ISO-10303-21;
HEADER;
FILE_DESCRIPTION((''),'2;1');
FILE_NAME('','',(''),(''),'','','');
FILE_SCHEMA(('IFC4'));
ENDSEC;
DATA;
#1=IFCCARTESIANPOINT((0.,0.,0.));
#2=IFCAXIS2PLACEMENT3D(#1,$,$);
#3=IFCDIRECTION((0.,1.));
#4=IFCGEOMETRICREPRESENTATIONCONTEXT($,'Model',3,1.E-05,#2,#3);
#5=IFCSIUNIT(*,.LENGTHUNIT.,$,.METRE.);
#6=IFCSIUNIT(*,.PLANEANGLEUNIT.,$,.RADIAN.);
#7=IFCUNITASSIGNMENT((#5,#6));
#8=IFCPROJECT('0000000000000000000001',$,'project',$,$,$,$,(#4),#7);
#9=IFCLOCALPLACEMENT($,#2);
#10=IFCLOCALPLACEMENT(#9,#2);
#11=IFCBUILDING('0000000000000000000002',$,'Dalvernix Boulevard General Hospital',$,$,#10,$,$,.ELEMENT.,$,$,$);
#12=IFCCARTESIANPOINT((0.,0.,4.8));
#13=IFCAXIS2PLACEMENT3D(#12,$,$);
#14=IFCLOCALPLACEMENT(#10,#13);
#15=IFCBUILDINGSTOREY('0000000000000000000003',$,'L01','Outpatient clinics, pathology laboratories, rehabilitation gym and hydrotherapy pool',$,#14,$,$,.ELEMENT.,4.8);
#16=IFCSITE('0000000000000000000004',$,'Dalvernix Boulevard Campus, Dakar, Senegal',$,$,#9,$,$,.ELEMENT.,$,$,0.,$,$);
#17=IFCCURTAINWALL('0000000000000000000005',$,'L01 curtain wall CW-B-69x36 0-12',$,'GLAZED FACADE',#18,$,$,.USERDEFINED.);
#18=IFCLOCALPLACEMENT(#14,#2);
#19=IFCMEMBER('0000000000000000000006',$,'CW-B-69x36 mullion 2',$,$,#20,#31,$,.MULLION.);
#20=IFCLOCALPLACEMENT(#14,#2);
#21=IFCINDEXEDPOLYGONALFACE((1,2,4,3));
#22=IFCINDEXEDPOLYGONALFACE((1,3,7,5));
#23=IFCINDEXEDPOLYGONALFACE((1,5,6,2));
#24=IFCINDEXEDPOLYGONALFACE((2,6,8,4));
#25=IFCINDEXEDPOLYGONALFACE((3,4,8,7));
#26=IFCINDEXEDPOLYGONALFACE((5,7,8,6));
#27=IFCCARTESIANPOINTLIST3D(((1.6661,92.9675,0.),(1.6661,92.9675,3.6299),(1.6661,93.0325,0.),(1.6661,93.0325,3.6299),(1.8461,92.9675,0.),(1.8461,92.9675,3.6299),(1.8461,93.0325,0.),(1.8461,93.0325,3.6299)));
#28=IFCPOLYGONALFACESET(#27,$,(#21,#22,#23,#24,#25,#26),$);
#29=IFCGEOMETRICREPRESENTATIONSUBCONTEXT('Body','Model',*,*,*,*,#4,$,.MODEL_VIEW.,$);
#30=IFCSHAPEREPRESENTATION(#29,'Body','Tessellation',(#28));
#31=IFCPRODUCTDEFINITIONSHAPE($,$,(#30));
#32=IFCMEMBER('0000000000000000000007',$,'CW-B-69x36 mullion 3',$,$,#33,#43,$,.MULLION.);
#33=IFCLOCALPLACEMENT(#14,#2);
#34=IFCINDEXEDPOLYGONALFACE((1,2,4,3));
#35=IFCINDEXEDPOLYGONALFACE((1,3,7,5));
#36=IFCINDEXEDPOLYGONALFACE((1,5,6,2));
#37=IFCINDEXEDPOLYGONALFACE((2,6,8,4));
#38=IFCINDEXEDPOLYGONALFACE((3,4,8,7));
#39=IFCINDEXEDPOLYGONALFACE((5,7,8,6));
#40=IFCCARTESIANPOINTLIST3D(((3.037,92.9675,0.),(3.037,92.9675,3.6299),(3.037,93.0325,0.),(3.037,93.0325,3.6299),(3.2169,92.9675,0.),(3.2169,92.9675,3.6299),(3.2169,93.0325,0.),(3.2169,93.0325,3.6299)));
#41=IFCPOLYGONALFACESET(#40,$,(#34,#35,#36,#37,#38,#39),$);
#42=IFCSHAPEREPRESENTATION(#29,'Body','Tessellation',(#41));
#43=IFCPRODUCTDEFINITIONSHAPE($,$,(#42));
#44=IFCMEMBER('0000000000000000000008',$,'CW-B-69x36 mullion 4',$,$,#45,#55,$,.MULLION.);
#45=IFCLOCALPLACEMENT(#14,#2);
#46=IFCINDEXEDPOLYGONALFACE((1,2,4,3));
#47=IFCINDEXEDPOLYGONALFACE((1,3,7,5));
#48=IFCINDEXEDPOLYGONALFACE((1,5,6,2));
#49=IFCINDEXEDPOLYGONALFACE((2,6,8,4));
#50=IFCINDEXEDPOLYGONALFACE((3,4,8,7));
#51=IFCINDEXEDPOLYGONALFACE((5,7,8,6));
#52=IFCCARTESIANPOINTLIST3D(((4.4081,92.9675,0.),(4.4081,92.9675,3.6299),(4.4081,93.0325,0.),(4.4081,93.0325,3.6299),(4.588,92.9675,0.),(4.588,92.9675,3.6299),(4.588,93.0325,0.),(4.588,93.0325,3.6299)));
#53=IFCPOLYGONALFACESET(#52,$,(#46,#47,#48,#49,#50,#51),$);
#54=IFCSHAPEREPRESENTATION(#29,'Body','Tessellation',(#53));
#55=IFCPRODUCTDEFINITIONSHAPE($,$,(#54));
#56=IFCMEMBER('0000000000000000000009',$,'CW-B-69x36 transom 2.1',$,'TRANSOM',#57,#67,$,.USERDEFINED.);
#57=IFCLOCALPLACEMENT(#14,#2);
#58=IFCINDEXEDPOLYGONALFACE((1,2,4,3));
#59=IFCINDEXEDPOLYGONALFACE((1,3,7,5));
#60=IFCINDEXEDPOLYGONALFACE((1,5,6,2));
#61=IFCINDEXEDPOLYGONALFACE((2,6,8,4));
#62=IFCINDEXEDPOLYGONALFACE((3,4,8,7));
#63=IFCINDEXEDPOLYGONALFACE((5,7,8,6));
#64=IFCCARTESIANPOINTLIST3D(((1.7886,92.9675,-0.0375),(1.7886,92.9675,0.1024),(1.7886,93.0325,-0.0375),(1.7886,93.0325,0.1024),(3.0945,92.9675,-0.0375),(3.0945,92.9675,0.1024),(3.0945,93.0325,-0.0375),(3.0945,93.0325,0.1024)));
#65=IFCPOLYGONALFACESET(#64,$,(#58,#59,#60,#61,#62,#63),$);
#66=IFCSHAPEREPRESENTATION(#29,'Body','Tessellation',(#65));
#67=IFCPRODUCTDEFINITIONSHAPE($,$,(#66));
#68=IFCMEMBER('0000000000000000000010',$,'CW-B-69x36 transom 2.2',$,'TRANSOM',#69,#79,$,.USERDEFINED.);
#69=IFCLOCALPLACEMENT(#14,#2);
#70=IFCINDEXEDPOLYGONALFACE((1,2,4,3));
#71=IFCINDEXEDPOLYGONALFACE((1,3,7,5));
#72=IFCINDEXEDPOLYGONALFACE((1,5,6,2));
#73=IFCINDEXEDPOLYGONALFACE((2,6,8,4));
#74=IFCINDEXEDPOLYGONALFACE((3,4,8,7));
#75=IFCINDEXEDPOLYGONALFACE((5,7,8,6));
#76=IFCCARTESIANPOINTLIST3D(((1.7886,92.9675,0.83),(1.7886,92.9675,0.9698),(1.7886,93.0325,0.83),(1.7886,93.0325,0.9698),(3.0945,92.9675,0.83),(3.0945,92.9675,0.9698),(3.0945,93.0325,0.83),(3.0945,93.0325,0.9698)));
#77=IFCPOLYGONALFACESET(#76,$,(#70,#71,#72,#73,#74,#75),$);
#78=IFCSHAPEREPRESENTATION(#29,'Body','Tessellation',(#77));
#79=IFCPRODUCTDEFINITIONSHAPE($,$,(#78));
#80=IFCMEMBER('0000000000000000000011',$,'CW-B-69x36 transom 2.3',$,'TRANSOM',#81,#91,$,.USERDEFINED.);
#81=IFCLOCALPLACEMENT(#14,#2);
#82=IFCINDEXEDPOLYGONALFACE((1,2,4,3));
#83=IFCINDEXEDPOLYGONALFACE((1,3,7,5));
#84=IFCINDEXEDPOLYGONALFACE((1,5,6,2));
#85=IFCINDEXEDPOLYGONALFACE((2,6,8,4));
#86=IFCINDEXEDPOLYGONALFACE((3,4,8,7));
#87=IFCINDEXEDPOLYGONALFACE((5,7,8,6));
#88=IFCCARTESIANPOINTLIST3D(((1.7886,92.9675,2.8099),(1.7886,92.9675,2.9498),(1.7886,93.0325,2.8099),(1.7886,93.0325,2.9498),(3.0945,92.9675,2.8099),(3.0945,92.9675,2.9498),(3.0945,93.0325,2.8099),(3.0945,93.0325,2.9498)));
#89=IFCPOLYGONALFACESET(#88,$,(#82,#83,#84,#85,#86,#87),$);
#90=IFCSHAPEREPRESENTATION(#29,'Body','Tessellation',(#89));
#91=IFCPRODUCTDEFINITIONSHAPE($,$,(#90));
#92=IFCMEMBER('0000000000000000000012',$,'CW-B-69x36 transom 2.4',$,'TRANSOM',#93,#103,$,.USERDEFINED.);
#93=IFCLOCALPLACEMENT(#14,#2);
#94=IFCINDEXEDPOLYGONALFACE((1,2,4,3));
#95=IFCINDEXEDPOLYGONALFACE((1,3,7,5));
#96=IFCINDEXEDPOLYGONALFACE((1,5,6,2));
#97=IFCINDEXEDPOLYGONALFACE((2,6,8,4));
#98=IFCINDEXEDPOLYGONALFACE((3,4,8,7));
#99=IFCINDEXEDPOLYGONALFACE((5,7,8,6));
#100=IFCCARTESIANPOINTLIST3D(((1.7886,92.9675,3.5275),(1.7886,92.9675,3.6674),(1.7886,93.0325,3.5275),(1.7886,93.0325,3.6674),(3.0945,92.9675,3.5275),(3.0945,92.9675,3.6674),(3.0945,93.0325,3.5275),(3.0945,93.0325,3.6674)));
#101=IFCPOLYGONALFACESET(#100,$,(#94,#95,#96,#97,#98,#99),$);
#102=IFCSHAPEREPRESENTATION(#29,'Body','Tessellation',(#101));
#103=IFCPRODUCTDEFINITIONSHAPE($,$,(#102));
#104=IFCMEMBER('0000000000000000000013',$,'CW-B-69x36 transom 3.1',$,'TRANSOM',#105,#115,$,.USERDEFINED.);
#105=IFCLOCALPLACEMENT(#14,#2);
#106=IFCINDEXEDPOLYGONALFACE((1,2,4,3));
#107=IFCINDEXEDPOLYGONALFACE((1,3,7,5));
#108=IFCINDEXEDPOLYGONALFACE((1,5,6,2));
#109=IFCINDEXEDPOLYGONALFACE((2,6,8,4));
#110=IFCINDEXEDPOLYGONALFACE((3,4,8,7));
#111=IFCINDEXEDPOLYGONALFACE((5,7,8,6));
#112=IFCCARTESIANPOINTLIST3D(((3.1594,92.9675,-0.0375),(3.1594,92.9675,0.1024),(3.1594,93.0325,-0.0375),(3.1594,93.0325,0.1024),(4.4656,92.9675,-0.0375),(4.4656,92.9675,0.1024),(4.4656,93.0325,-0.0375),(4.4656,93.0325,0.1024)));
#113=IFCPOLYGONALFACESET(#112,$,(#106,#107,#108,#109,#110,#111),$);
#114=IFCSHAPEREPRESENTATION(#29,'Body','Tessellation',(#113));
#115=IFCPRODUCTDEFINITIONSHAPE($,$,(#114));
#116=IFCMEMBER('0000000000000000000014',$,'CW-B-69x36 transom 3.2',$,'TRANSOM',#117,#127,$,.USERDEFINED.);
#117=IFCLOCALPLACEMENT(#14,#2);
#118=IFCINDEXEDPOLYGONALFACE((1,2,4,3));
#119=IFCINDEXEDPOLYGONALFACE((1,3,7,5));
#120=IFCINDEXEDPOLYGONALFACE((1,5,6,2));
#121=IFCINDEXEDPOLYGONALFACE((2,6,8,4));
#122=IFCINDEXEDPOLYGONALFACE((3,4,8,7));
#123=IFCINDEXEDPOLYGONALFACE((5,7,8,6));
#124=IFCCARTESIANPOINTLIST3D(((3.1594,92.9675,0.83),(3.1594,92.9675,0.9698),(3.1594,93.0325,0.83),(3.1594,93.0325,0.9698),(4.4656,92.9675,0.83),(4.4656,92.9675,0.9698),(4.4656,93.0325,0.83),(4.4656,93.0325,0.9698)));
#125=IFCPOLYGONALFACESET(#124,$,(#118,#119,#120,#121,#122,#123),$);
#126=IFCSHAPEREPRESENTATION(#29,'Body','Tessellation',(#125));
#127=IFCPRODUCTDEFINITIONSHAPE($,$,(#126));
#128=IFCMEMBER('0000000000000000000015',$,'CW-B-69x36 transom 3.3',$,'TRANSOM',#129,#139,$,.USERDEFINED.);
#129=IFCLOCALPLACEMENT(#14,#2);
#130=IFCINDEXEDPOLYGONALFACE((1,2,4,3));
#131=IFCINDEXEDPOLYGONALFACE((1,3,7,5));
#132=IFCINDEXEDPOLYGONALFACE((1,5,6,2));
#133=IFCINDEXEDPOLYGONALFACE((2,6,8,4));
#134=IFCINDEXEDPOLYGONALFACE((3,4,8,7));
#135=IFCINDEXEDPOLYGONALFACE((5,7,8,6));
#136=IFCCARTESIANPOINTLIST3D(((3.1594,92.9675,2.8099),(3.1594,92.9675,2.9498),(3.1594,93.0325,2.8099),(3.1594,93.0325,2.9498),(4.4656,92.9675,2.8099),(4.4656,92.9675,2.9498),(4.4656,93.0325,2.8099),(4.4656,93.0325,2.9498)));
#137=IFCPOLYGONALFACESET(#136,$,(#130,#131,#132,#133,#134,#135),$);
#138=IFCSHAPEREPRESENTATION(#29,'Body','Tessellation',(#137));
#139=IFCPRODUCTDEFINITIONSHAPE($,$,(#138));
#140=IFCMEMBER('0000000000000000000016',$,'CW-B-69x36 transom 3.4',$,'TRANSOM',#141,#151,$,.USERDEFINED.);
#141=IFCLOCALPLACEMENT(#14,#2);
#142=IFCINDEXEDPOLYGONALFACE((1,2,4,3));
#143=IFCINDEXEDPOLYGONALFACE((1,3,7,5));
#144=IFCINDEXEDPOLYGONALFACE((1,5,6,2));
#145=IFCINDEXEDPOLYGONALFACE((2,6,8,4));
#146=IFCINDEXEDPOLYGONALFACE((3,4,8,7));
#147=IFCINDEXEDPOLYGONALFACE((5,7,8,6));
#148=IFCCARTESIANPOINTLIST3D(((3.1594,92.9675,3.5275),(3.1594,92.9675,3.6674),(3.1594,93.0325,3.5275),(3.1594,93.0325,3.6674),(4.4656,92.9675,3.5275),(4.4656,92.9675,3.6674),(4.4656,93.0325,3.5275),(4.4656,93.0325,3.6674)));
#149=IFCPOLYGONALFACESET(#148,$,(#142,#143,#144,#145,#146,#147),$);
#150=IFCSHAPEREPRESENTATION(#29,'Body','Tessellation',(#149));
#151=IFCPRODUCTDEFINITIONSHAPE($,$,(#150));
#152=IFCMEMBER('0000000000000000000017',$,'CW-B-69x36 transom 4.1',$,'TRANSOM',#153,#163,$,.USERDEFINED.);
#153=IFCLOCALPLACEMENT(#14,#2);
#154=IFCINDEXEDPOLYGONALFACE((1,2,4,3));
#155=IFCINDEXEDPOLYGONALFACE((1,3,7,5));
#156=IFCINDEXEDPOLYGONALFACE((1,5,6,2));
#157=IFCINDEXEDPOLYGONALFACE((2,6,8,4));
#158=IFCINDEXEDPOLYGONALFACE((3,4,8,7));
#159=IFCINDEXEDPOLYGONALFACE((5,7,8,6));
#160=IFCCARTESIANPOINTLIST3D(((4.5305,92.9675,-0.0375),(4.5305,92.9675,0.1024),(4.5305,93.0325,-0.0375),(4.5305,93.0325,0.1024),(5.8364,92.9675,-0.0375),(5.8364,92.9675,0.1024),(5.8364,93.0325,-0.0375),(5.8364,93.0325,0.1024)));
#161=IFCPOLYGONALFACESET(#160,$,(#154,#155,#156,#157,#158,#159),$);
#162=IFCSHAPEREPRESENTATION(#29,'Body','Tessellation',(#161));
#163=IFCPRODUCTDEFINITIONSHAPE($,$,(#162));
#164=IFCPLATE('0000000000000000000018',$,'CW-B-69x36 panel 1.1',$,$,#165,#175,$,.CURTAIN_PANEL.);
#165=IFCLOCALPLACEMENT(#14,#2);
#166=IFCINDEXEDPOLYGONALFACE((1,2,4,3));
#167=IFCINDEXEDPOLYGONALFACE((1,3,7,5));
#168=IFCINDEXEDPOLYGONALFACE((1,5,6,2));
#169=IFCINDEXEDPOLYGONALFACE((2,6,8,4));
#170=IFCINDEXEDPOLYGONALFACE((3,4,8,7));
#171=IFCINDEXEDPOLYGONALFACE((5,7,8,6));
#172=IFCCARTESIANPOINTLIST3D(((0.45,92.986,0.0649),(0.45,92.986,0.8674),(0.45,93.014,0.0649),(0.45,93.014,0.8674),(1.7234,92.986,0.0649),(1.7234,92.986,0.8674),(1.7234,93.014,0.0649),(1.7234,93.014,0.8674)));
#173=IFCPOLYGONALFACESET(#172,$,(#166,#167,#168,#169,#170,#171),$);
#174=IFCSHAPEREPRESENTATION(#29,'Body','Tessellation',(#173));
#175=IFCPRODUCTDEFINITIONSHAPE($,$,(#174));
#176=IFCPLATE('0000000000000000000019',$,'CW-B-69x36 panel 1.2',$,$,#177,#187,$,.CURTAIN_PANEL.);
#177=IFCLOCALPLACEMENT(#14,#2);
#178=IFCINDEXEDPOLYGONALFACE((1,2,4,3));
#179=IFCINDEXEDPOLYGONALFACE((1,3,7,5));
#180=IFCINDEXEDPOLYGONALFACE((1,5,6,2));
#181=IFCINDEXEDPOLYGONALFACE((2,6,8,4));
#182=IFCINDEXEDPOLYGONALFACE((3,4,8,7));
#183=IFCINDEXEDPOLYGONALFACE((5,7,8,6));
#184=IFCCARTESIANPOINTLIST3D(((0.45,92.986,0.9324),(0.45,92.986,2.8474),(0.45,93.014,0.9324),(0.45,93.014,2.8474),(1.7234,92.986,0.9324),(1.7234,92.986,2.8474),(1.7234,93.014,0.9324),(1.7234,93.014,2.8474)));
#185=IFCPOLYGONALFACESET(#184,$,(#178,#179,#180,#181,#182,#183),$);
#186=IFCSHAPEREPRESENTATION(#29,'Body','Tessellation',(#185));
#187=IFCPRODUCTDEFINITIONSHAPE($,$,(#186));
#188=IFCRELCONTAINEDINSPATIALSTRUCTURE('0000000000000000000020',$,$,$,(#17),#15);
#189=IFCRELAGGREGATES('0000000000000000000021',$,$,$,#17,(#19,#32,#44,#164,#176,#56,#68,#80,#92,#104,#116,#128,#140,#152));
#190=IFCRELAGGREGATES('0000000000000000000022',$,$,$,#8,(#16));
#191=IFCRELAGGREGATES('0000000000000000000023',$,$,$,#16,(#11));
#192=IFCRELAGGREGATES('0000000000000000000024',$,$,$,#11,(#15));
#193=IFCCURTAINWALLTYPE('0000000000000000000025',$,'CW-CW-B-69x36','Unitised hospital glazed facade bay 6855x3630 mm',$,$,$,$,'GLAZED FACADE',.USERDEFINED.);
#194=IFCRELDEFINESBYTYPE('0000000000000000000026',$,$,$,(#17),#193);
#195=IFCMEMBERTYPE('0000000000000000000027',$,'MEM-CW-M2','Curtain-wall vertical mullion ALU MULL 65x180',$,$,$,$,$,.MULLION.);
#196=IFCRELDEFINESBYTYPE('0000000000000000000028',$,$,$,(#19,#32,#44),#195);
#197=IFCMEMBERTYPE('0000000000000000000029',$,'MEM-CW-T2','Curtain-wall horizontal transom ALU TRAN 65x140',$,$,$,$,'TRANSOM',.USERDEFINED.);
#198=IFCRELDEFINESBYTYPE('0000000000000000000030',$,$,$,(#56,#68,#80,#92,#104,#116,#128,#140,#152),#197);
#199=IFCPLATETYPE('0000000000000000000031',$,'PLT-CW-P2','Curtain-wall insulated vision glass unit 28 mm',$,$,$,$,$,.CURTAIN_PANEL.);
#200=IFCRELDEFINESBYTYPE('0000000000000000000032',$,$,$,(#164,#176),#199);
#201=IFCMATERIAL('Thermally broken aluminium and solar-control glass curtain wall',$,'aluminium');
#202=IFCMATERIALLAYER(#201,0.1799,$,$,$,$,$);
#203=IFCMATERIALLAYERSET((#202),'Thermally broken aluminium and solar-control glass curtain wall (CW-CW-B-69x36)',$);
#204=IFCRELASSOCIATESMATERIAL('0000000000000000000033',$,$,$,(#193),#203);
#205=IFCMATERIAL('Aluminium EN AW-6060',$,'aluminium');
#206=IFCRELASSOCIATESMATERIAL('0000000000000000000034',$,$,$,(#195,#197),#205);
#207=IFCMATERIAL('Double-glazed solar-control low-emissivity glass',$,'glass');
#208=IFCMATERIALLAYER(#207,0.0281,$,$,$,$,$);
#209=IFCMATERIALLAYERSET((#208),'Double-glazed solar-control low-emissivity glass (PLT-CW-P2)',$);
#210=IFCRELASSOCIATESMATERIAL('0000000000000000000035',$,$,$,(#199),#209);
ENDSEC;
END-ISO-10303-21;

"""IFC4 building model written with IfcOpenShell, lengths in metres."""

from ifc_helpers import new_model, si_unit, direction, frame, origin, origin_2d, place, context, subcontext, project, spatial, rectangle, extrude, material, layer, layer_set, material_profile, profile_set, type_object, element, aggregate, save


model = new_model("IFC4")

# Units and contexts
model_context = context("Model", 3, precision=1e-05, world=origin(), true_north=direction((0.0, 1.0)))
body_context = subcontext(model_context, "Body", "Model", "MODEL_VIEW")
ifc_project = project(units=[si_unit("LENGTHUNIT", "METRE"), si_unit("PLANEANGLEUNIT", "RADIAN")], contexts=[model_context])

# Site, building, storey
site_placement = place(None, origin())
site = spatial("IfcSite", under=ifc_project, at=site_placement, Name="Dalvernix Boulevard Campus, Dakar, Senegal", CompositionType="ELEMENT", RefElevation=0.0)
building_placement = place(site_placement, origin())
building = spatial("IfcBuilding", under=site, at=building_placement, Name="Dalvernix Boulevard General Hospital", CompositionType="ELEMENT")
storey_placement = place(building_placement, frame((0.0, 0.0, 4.8)))
storey = spatial("IfcBuildingStorey", under=building, at=storey_placement, Name="L01", Description="Outpatient clinics, pathology laboratories, rehabilitation gym and hydrotherapy pool", CompositionType="ELEMENT", Elevation=4.8)

# Curtain wall, members, plates
ifc_material_1 = material(Name="Thermally broken aluminium and solar-control glass curtain wall", Category="aluminium")
ifc_layer_1 = layer(ifc_material_1, 0.1799)
ifc_layer_set_1 = layer_set([ifc_layer_1], Name="Thermally broken aluminium and solar-control glass curtain wall (CW-CW-B-69x36)")
curtain_wall_type = type_object("IfcCurtainWallType", Name="CW-CW-B-69x36", Description="Unitised hospital glazed facade bay 6855x3630 mm", ElementType="GLAZED FACADE", PredefinedType="USERDEFINED", material=ifc_layer_set_1)
curtain_wall_placement = place(storey_placement, origin())
curtain_wall = element("IfcCurtainWall", 1, at=curtain_wall_placement, inside=storey, type_object=curtain_wall_type, Name="L01 curtain wall CW-B-69x36 0-12", ObjectType="GLAZED FACADE", PredefinedType="USERDEFINED")
ifc_material_2 = material(Name="Aluminium EN AW-6060", Category="aluminium")
ifc_material_profile_1 = material_profile(ifc_material_2, rectangle(XDim=0.0649, YDim=0.1799, at=origin_2d()), Name="ALU MULL 65x180")
ifc_profile_set_1 = profile_set([ifc_material_profile_1], Name="Aluminium EN AW-6060")
member_type_1 = type_object("IfcMemberType", Name="MEM-CW-M2", Description="Curtain-wall vertical mullion ALU MULL 65x180", PredefinedType="MULLION", material=ifc_profile_set_1)
member_1_placement = place(storey_placement, frame((1.7561, 93.0, 0.0), z_axis=(0.0, 0.0, 1.0), x_axis=(0.0, 1.0, 0.0)))
member_1 = element("IfcMember", 2, at=member_1_placement, type_object=member_type_1, Name="CW-B-69x36 mullion 2", PredefinedType="MULLION", context=body_context, shape_type="SweptSolid", body=[
    extrude(rectangle(XDim=0.0649, YDim=0.1799, at=origin_2d()), origin(), (0.0, 0.0, 1.0), 3.6299),
])
member_2_placement = place(storey_placement, frame((3.127, 93.0, 0.0), z_axis=(0.0, 0.0, 1.0), x_axis=(0.0, 1.0, 0.0)))
member_2 = element("IfcMember", 3, at=member_2_placement, type_object=member_type_1, Name="CW-B-69x36 mullion 3", PredefinedType="MULLION", context=body_context, shape_type="SweptSolid", body=[
    extrude(rectangle(XDim=0.0649, YDim=0.1799, at=origin_2d()), origin(), (0.0, 0.0, 1.0), 3.6299),
])
member_3_placement = place(storey_placement, frame((4.498, 93.0, 0.0), z_axis=(0.0, 0.0, 1.0), x_axis=(0.0, 1.0, 0.0)))
member_3 = element("IfcMember", 4, at=member_3_placement, type_object=member_type_1, Name="CW-B-69x36 mullion 4", PredefinedType="MULLION", context=body_context, shape_type="SweptSolid", body=[
    extrude(rectangle(XDim=0.0649, YDim=0.1799, at=origin_2d()), origin(), (0.0, 0.0, 1.0), 3.6299),
])
ifc_material_profile_2 = material_profile(ifc_material_2, rectangle(XDim=0.0649, YDim=0.1399, at=origin_2d()), Name="ALU TRAN 65x140")
ifc_profile_set_2 = profile_set([ifc_material_profile_2], Name="Aluminium EN AW-6060")
member_type_2 = type_object("IfcMemberType", Name="MEM-CW-T2", Description="Curtain-wall horizontal transom ALU TRAN 65x140", ElementType="TRANSOM", PredefinedType="USERDEFINED", material=ifc_profile_set_2)
member_4_placement = place(storey_placement, frame((1.7886, 93.0, 0.0325), z_axis=(1.0, 0.0, 0.0), x_axis=(0.0, 1.0, 0.0)))
member_4 = element("IfcMember", 5, at=member_4_placement, type_object=member_type_2, Name="CW-B-69x36 transom 2.1", ObjectType="TRANSOM", PredefinedType="USERDEFINED", context=body_context, shape_type="SweptSolid", body=[
    extrude(rectangle(XDim=0.0649, YDim=0.1399, at=origin_2d()), origin(), (0.0, 0.0, 1.0), 1.3059),
])
member_5_placement = place(storey_placement, frame((1.7886, 93.0, 0.8999), z_axis=(1.0, 0.0, 0.0), x_axis=(0.0, 1.0, 0.0)))
member_5 = element("IfcMember", 6, at=member_5_placement, type_object=member_type_2, Name="CW-B-69x36 transom 2.2", ObjectType="TRANSOM", PredefinedType="USERDEFINED", context=body_context, shape_type="SweptSolid", body=[
    extrude(rectangle(XDim=0.0649, YDim=0.1399, at=origin_2d()), origin(), (0.0, 0.0, 1.0), 1.3059),
])
member_6_placement = place(storey_placement, frame((1.7886, 93.0, 2.8799), z_axis=(1.0, 0.0, 0.0), x_axis=(0.0, 1.0, 0.0)))
member_6 = element("IfcMember", 7, at=member_6_placement, type_object=member_type_2, Name="CW-B-69x36 transom 2.3", ObjectType="TRANSOM", PredefinedType="USERDEFINED", context=body_context, shape_type="SweptSolid", body=[
    extrude(rectangle(XDim=0.0649, YDim=0.1399, at=origin_2d()), origin(), (0.0, 0.0, 1.0), 1.3059),
])
member_7_placement = place(storey_placement, frame((1.7886, 93.0, 3.5974), z_axis=(1.0, 0.0, 0.0), x_axis=(0.0, 1.0, 0.0)))
member_7 = element("IfcMember", 8, at=member_7_placement, type_object=member_type_2, Name="CW-B-69x36 transom 2.4", ObjectType="TRANSOM", PredefinedType="USERDEFINED", context=body_context, shape_type="SweptSolid", body=[
    extrude(rectangle(XDim=0.0649, YDim=0.1399, at=origin_2d()), origin(), (0.0, 0.0, 1.0), 1.3059),
])
member_8_placement = place(storey_placement, frame((3.1594, 93.0, 0.0325), z_axis=(1.0, 0.0, 0.0), x_axis=(0.0, 1.0, 0.0)))
member_8 = element("IfcMember", 9, at=member_8_placement, type_object=member_type_2, Name="CW-B-69x36 transom 3.1", ObjectType="TRANSOM", PredefinedType="USERDEFINED", context=body_context, shape_type="SweptSolid", body=[
    extrude(rectangle(XDim=0.0649, YDim=0.1399, at=origin_2d()), origin(), (0.0, 0.0, 1.0), 1.3062),
])
member_9_placement = place(storey_placement, frame((3.1594, 93.0, 0.8999), z_axis=(1.0, 0.0, 0.0), x_axis=(0.0, 1.0, 0.0)))
member_9 = element("IfcMember", 10, at=member_9_placement, type_object=member_type_2, Name="CW-B-69x36 transom 3.2", ObjectType="TRANSOM", PredefinedType="USERDEFINED", context=body_context, shape_type="SweptSolid", body=[
    extrude(rectangle(XDim=0.0649, YDim=0.1399, at=origin_2d()), origin(), (0.0, 0.0, 1.0), 1.3062),
])
member_10_placement = place(storey_placement, frame((3.1594, 93.0, 2.8799), z_axis=(1.0, 0.0, 0.0), x_axis=(0.0, 1.0, 0.0)))
member_10 = element("IfcMember", 11, at=member_10_placement, type_object=member_type_2, Name="CW-B-69x36 transom 3.3", ObjectType="TRANSOM", PredefinedType="USERDEFINED", context=body_context, shape_type="SweptSolid", body=[
    extrude(rectangle(XDim=0.0649, YDim=0.1399, at=origin_2d()), origin(), (0.0, 0.0, 1.0), 1.3062),
])
member_11_placement = place(storey_placement, frame((3.1594, 93.0, 3.5974), z_axis=(1.0, 0.0, 0.0), x_axis=(0.0, 1.0, 0.0)))
member_11 = element("IfcMember", 12, at=member_11_placement, type_object=member_type_2, Name="CW-B-69x36 transom 3.4", ObjectType="TRANSOM", PredefinedType="USERDEFINED", context=body_context, shape_type="SweptSolid", body=[
    extrude(rectangle(XDim=0.0649, YDim=0.1399, at=origin_2d()), origin(), (0.0, 0.0, 1.0), 1.3062),
])
member_12_placement = place(storey_placement, frame((4.5305, 93.0, 0.0325), z_axis=(1.0, 0.0, 0.0), x_axis=(0.0, 1.0, 0.0)))
member_12 = element("IfcMember", 13, at=member_12_placement, type_object=member_type_2, Name="CW-B-69x36 transom 4.1", ObjectType="TRANSOM", PredefinedType="USERDEFINED", context=body_context, shape_type="SweptSolid", body=[
    extrude(rectangle(XDim=0.0649, YDim=0.1399, at=origin_2d()), origin(), (0.0, 0.0, 1.0), 1.3059),
])
ifc_material_3 = material(Name="Double-glazed solar-control low-emissivity glass", Category="glass")
ifc_layer_2 = layer(ifc_material_3, 0.0281)
ifc_layer_set_2 = layer_set([ifc_layer_2], Name="Double-glazed solar-control low-emissivity glass (PLT-CW-P2)")
plate_type = type_object("IfcPlateType", Name="PLT-CW-P2", Description="Curtain-wall insulated vision glass unit 28 mm", PredefinedType="CURTAIN_PANEL", material=ifc_layer_set_2)
plate_1_placement = place(storey_placement, frame((1.0867, 93.0, 0.0649), z_axis=(0.0, 0.0, 1.0), x_axis=(1.0, 0.0, 0.0)))
plate_1 = element("IfcPlate", 14, at=plate_1_placement, type_object=plate_type, Name="CW-B-69x36 panel 1.1", PredefinedType="CURTAIN_PANEL", context=body_context, shape_type="SweptSolid", body=[
    extrude(rectangle(XDim=1.2734, YDim=0.0281, at=origin_2d()), origin(), (0.0, 0.0, 1.0), 0.8025),
])
plate_2_placement = place(storey_placement, frame((1.0867, 93.0, 0.9324), z_axis=(0.0, 0.0, 1.0), x_axis=(1.0, 0.0, 0.0)))
plate_2 = element("IfcPlate", 15, at=plate_2_placement, type_object=plate_type, Name="CW-B-69x36 panel 1.2", PredefinedType="CURTAIN_PANEL", context=body_context, shape_type="SweptSolid", body=[
    extrude(rectangle(XDim=1.2734, YDim=0.0281, at=origin_2d()), origin(), (0.0, 0.0, 1.0), 1.915),
])
aggregate(curtain_wall, [member_1, member_2, member_3, plate_1, plate_2, member_4, member_5, member_6, member_7, member_8, member_9, member_10, member_11, member_12])

save(model, "model.ifc")
